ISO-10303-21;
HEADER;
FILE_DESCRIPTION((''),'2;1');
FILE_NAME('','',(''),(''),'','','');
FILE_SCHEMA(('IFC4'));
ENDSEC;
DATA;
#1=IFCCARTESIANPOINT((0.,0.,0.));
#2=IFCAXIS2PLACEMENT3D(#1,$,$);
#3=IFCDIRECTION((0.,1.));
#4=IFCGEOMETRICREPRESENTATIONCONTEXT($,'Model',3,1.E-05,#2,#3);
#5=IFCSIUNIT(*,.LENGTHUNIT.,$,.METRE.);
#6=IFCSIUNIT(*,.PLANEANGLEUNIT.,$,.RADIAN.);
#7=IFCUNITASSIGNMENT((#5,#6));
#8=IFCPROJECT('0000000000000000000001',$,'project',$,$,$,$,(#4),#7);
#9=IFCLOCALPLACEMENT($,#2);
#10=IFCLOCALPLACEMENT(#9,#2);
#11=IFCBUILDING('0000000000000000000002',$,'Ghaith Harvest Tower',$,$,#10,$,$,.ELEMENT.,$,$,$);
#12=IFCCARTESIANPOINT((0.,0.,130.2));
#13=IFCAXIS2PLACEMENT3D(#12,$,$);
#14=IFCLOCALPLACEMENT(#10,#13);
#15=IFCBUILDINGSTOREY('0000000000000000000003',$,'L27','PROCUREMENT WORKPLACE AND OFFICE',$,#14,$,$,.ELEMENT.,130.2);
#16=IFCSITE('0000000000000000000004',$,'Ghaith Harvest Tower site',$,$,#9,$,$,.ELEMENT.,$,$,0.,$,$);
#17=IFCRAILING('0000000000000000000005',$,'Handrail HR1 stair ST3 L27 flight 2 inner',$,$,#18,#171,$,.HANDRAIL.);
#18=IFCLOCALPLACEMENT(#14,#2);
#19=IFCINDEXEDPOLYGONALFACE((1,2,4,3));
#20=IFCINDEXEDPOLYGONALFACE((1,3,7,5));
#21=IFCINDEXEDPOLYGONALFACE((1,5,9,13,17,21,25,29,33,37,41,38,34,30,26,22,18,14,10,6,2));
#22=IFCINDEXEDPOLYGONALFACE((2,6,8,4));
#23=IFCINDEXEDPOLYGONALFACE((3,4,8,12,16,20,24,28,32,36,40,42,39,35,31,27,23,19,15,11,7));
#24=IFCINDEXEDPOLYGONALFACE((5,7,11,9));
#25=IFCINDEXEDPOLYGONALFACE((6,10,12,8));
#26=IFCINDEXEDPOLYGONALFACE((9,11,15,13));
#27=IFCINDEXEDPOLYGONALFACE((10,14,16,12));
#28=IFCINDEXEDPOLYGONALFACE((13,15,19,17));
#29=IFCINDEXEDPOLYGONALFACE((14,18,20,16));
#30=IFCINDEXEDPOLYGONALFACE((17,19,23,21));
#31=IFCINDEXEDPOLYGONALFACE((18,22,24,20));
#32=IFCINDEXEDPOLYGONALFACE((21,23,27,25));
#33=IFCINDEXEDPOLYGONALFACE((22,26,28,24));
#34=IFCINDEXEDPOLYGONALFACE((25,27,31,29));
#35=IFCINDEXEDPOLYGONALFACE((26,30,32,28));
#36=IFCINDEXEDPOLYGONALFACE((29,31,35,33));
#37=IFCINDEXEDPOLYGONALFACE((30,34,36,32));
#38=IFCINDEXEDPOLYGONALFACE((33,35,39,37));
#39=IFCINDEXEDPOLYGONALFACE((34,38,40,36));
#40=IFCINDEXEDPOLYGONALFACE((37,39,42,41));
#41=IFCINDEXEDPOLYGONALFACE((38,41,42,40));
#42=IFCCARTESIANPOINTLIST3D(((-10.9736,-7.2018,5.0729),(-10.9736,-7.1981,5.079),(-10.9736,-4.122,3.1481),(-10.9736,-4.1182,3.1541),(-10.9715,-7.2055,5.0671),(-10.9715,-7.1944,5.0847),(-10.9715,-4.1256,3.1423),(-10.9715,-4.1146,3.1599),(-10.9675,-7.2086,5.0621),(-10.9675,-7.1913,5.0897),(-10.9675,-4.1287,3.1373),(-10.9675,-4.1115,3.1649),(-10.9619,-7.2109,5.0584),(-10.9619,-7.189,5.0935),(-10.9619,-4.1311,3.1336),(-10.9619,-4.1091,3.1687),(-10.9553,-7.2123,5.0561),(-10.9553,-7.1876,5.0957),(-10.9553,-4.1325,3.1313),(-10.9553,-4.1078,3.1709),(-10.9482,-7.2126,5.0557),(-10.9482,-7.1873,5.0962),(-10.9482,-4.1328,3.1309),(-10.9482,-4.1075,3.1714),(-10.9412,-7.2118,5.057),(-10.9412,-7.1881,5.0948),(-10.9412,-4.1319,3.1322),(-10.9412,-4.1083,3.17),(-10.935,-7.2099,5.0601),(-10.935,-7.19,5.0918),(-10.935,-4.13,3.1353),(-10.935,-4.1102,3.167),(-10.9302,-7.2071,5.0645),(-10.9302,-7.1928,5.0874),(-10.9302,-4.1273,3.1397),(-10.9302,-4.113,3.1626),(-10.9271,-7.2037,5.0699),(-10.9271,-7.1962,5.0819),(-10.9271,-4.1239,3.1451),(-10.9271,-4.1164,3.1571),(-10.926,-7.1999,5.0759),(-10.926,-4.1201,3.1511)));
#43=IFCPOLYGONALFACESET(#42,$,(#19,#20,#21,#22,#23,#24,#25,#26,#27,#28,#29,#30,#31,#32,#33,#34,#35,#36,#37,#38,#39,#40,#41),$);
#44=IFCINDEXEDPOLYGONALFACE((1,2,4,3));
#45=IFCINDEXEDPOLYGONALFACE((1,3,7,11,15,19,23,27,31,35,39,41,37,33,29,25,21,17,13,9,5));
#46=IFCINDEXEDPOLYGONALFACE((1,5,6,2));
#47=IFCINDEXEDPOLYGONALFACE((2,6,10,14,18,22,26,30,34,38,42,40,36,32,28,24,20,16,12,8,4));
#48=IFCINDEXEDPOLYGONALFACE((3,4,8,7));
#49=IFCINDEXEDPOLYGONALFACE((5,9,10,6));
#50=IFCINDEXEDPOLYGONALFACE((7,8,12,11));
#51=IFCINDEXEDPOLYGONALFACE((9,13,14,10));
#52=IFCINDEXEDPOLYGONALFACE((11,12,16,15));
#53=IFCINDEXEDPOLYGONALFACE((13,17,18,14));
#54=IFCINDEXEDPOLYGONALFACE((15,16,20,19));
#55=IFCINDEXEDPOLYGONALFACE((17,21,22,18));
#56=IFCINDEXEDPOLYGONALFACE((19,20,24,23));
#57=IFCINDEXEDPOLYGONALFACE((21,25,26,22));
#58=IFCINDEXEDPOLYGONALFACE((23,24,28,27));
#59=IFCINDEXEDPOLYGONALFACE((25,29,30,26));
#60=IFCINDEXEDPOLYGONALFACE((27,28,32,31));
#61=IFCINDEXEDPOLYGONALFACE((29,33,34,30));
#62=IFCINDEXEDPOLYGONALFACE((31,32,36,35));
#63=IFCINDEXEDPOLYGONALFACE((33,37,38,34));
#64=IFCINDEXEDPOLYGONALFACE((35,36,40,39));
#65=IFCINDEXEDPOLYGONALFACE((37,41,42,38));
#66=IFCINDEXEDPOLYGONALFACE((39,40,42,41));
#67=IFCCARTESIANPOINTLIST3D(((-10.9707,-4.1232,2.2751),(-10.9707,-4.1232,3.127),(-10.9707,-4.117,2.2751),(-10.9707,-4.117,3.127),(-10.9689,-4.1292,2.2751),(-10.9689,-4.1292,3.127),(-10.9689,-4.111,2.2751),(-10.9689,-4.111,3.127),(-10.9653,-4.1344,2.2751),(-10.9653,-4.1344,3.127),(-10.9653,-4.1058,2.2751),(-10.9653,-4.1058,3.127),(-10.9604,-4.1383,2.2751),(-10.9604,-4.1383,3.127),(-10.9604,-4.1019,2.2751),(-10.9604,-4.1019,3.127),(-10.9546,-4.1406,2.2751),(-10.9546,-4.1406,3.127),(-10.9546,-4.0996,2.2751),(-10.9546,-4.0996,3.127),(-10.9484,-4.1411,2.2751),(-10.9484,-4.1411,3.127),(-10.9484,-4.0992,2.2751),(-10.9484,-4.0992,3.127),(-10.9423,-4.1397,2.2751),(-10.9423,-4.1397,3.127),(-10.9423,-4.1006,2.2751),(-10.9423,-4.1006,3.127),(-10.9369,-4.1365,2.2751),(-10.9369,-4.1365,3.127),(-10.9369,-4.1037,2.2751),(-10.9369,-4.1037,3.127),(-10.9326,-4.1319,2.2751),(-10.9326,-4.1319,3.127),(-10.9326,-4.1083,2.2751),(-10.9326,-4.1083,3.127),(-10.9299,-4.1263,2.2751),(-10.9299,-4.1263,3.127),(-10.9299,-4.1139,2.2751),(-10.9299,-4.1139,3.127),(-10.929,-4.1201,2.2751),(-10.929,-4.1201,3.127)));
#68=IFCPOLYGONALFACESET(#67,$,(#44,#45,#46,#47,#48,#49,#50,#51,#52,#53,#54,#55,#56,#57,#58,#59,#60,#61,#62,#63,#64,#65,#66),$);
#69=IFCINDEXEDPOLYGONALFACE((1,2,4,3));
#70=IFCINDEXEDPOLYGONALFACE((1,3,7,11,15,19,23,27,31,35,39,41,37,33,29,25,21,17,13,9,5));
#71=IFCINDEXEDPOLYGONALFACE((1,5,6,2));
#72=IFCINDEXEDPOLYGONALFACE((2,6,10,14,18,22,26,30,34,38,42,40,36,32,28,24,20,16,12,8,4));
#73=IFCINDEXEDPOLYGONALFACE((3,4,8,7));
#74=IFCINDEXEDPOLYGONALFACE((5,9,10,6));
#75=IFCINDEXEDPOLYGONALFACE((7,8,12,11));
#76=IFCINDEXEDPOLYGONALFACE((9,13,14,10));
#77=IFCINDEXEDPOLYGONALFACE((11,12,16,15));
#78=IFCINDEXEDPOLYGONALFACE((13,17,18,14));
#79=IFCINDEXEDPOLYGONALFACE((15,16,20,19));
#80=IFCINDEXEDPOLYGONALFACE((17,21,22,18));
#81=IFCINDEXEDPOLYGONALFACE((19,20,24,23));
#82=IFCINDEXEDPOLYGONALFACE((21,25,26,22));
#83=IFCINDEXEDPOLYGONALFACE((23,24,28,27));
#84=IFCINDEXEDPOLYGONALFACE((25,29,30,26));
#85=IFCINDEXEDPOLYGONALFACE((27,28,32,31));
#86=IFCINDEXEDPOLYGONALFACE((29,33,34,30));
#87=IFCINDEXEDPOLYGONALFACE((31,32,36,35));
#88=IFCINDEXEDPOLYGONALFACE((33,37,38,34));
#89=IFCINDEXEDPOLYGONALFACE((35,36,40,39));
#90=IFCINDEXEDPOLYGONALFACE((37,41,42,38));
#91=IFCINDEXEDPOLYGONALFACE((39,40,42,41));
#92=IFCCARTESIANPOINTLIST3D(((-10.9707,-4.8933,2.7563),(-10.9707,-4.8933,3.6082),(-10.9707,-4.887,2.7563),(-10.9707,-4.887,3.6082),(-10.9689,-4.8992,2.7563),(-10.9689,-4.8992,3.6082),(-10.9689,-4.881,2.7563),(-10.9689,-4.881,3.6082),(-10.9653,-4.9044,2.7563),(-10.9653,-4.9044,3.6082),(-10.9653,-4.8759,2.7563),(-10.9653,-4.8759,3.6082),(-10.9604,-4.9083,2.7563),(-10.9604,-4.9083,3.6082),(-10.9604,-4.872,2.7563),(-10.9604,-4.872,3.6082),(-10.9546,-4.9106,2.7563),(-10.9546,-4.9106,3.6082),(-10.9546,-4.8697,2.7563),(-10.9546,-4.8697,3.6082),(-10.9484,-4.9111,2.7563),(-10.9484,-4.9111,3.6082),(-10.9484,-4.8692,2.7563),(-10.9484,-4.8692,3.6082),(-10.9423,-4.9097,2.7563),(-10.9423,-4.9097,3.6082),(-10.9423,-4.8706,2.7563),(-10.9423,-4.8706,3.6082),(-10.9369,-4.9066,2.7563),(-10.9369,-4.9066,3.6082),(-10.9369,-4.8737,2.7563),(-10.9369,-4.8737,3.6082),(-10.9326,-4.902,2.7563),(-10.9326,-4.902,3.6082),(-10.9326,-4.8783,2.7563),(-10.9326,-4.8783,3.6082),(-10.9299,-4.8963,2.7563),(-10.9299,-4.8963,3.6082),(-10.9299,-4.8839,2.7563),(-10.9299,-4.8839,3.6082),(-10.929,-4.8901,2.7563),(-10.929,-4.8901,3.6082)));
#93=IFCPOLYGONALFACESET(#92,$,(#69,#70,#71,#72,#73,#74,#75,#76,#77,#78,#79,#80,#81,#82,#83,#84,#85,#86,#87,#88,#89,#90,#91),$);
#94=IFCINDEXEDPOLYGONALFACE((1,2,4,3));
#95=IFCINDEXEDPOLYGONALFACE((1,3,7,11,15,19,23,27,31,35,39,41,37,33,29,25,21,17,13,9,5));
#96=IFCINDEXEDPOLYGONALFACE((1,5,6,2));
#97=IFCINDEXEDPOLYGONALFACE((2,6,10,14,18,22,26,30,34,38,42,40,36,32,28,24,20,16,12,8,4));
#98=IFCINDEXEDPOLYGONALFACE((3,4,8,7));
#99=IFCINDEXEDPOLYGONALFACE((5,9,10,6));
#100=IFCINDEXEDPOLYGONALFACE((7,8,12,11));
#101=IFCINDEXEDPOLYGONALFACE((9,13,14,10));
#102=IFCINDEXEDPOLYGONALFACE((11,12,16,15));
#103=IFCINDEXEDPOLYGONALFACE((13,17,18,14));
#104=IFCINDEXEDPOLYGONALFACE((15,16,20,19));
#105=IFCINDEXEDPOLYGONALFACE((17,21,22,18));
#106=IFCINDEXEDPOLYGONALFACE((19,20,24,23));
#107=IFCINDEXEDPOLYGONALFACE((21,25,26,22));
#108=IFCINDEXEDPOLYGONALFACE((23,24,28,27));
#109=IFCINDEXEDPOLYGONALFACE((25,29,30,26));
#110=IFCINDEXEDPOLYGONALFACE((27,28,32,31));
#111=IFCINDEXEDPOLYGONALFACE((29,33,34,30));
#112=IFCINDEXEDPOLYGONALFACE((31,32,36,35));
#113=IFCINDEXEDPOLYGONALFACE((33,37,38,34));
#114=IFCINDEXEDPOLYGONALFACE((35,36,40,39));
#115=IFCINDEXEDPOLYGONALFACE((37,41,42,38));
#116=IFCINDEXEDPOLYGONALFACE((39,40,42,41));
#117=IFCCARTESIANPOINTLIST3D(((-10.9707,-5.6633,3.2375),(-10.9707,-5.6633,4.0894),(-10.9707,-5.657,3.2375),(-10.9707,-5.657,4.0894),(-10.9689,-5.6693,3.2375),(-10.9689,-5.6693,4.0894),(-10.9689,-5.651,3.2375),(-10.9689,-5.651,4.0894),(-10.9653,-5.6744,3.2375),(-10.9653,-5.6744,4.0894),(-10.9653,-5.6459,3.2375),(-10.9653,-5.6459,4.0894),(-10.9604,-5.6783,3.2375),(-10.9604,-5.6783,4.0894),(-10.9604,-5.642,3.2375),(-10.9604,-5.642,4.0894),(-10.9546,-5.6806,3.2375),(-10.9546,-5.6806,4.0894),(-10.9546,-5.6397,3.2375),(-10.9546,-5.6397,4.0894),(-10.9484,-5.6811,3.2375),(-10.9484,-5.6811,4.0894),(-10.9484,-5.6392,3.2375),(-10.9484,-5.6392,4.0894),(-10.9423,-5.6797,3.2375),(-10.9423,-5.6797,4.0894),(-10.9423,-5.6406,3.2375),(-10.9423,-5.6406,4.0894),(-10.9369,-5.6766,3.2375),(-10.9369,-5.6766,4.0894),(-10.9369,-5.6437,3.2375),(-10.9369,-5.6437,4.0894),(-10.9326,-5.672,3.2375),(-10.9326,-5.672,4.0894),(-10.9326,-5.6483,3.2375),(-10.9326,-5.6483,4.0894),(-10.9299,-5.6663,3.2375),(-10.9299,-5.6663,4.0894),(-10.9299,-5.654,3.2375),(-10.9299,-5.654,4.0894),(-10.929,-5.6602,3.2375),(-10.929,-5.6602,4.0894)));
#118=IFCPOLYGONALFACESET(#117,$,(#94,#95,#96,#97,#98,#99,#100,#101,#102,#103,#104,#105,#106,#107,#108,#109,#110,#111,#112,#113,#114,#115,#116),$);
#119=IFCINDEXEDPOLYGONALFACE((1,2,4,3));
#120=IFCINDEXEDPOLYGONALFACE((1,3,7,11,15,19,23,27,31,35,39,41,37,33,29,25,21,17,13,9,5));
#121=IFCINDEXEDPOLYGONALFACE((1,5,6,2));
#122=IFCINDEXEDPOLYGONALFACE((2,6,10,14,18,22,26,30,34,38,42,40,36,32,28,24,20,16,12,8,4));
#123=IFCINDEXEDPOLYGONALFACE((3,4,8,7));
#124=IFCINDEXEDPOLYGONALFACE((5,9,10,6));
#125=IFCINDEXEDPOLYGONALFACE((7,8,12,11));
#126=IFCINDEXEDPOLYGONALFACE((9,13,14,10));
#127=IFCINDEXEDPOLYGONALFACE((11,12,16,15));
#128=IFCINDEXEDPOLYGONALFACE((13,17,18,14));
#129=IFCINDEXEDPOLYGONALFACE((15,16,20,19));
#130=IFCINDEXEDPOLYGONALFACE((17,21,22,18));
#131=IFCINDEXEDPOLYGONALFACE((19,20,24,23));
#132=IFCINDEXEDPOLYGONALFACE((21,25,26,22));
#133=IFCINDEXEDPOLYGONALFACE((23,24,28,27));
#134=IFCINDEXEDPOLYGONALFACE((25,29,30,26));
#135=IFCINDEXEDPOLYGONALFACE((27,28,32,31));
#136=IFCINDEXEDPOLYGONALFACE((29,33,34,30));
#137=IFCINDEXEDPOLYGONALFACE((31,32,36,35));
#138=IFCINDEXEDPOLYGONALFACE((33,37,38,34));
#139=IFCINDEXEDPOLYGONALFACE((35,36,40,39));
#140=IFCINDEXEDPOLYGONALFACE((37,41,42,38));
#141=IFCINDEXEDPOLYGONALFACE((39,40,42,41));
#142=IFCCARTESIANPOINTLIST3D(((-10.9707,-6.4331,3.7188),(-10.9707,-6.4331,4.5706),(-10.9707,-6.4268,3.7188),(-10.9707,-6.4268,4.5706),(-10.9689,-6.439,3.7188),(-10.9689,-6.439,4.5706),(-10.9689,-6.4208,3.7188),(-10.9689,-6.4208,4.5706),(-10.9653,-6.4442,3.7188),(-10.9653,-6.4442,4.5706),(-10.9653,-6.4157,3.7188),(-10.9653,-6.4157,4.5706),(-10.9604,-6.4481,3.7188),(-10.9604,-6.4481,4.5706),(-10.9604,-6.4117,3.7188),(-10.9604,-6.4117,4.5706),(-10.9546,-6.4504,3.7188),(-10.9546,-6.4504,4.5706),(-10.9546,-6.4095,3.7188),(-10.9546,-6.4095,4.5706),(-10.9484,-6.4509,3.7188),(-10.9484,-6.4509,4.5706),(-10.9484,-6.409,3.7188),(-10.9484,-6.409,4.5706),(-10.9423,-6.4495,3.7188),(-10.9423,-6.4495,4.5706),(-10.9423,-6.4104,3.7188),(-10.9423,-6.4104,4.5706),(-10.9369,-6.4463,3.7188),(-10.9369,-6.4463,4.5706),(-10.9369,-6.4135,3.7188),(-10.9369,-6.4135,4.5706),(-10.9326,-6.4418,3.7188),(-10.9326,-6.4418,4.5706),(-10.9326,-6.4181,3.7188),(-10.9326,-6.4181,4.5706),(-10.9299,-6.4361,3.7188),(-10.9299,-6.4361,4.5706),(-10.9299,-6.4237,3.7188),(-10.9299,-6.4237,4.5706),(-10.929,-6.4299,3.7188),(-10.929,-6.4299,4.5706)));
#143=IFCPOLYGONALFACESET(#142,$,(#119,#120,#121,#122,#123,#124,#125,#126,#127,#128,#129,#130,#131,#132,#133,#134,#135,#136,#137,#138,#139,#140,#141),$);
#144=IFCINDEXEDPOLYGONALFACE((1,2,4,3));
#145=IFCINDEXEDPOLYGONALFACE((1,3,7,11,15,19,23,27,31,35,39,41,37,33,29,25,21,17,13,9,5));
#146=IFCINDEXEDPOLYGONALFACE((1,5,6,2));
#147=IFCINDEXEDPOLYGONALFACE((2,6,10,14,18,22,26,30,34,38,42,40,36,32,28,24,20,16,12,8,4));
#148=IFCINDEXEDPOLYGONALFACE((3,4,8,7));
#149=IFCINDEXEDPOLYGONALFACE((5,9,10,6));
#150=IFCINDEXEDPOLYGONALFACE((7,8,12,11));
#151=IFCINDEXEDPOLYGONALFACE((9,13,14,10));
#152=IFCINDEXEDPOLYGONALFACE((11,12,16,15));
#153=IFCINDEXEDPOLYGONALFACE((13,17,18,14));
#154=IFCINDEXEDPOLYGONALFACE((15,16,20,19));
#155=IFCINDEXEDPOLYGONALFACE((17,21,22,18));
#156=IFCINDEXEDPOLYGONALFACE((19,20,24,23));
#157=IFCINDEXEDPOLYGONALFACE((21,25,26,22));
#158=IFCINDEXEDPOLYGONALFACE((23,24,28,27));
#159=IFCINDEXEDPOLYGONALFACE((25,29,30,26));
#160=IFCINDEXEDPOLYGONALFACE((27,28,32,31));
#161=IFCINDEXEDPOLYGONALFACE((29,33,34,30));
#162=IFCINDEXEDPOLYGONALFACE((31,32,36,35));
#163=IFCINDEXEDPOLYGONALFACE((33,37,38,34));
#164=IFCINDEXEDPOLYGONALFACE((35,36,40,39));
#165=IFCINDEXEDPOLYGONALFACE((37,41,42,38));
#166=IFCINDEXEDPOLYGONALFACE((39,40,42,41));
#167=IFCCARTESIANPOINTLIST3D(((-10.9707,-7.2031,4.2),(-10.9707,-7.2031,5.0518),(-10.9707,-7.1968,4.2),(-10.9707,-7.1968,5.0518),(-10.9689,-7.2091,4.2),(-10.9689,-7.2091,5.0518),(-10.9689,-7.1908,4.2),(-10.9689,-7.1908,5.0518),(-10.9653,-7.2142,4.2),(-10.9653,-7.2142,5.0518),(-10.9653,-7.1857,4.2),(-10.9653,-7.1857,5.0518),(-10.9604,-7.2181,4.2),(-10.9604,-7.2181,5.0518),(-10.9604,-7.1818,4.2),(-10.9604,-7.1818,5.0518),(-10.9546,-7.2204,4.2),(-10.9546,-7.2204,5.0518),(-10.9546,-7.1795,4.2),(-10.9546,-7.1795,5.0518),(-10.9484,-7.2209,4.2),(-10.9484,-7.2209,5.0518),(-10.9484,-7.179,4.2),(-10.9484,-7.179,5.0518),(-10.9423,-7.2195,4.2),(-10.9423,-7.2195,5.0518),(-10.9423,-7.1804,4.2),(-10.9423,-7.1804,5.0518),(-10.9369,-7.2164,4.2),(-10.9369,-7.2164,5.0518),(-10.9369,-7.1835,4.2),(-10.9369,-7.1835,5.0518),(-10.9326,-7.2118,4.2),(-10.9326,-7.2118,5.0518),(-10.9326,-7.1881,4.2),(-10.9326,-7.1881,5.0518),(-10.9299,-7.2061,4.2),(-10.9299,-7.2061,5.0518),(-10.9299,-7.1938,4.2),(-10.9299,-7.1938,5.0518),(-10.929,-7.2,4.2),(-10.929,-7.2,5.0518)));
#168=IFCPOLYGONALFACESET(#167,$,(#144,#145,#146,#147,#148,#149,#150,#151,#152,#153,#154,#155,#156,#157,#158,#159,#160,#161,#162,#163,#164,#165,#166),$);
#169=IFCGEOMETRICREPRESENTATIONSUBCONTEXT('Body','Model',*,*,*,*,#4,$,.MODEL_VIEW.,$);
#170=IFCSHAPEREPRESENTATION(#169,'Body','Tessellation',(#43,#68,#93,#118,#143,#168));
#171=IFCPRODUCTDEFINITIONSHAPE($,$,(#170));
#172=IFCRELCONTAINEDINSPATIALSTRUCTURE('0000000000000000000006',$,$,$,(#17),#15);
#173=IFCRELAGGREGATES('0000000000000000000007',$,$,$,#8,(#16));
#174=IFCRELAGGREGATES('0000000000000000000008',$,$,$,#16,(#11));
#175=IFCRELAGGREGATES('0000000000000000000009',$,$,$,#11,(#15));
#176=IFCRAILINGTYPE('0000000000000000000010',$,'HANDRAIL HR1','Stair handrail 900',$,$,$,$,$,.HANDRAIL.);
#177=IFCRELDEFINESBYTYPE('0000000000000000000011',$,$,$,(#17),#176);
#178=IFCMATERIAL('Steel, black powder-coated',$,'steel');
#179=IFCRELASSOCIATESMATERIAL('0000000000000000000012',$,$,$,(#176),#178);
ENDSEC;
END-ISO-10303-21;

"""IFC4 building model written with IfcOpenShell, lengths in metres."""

from ifc_helpers import new_model, si_unit, direction, frame, origin, origin_2d, place, context, subcontext, project, spatial, circle, extrude, material, type_object, element, save


model = new_model("IFC4")

# Units and contexts
model_context = context("Model", 3, precision=1e-05, world=origin(), true_north=direction((0.0, 1.0)))
body_context = subcontext(model_context, "Body", "Model", "MODEL_VIEW")
ifc_project = project(units=[si_unit("LENGTHUNIT", "METRE"), si_unit("PLANEANGLEUNIT", "RADIAN")], contexts=[model_context])

# Site, building, storey
site_placement = place(None, origin())
site = spatial("IfcSite", under=ifc_project, at=site_placement, Name="Ghaith Harvest Tower site", CompositionType="ELEMENT", RefElevation=0.0)
building_placement = place(site_placement, origin())
building = spatial("IfcBuilding", under=site, at=building_placement, Name="Ghaith Harvest Tower", CompositionType="ELEMENT")
storey_placement = place(building_placement, frame((0.0, 0.0, 130.2)))
storey = spatial("IfcBuildingStorey", under=building, at=storey_placement, Name="L27", Description="PROCUREMENT WORKPLACE AND OFFICE", CompositionType="ELEMENT", Elevation=130.2)

# Railing
ifc_material_1 = material(Name="Steel, black powder-coated", Category="steel")
railing_type = type_object("IfcRailingType", Name="HANDRAIL HR1", Description="Stair handrail 900", PredefinedType="HANDRAIL", material=ifc_material_1)
railing_1_placement = place(storey_placement, frame((-10.95, -4.1201, 2.2751)))
element("IfcRailing", 1, at=railing_1_placement, inside=storey, type_object=railing_type, Name="Handrail HR1 stair ST3 L27 flight 2 inner", PredefinedType="HANDRAIL", context=body_context, shape_type="SweptSolid", body=[
    extrude(circle(Radius=0.0239, at=origin_2d()), frame((0.0, 0.0, 0.876), z_axis=(0.0, -0.84801, 0.529981), x_axis=(1.0, 0.0, 0.0)), (0.0, 0.0, 1.0), 3.6318),
    extrude(circle(Radius=0.021, at=origin_2d()), origin(), (0.0, 0.0, 1.0), 0.8518),
    extrude(circle(Radius=0.021, at=origin_2d()), frame((0.0, -0.77, 0.4812)), (0.0, 0.0, 1.0), 0.8518),
    extrude(circle(Radius=0.021, at=origin_2d()), frame((0.0, -1.54, 0.9624)), (0.0, 0.0, 1.0), 0.8518),
    extrude(circle(Radius=0.021, at=origin_2d()), frame((0.0, -2.3098, 1.4436)), (0.0, 0.0, 1.0), 0.8518),
    extrude(circle(Radius=0.021, at=origin_2d()), frame((0.0, -3.0798, 1.9248)), (0.0, 0.0, 1.0), 0.8518),
])

save(model, "model.ifc")
